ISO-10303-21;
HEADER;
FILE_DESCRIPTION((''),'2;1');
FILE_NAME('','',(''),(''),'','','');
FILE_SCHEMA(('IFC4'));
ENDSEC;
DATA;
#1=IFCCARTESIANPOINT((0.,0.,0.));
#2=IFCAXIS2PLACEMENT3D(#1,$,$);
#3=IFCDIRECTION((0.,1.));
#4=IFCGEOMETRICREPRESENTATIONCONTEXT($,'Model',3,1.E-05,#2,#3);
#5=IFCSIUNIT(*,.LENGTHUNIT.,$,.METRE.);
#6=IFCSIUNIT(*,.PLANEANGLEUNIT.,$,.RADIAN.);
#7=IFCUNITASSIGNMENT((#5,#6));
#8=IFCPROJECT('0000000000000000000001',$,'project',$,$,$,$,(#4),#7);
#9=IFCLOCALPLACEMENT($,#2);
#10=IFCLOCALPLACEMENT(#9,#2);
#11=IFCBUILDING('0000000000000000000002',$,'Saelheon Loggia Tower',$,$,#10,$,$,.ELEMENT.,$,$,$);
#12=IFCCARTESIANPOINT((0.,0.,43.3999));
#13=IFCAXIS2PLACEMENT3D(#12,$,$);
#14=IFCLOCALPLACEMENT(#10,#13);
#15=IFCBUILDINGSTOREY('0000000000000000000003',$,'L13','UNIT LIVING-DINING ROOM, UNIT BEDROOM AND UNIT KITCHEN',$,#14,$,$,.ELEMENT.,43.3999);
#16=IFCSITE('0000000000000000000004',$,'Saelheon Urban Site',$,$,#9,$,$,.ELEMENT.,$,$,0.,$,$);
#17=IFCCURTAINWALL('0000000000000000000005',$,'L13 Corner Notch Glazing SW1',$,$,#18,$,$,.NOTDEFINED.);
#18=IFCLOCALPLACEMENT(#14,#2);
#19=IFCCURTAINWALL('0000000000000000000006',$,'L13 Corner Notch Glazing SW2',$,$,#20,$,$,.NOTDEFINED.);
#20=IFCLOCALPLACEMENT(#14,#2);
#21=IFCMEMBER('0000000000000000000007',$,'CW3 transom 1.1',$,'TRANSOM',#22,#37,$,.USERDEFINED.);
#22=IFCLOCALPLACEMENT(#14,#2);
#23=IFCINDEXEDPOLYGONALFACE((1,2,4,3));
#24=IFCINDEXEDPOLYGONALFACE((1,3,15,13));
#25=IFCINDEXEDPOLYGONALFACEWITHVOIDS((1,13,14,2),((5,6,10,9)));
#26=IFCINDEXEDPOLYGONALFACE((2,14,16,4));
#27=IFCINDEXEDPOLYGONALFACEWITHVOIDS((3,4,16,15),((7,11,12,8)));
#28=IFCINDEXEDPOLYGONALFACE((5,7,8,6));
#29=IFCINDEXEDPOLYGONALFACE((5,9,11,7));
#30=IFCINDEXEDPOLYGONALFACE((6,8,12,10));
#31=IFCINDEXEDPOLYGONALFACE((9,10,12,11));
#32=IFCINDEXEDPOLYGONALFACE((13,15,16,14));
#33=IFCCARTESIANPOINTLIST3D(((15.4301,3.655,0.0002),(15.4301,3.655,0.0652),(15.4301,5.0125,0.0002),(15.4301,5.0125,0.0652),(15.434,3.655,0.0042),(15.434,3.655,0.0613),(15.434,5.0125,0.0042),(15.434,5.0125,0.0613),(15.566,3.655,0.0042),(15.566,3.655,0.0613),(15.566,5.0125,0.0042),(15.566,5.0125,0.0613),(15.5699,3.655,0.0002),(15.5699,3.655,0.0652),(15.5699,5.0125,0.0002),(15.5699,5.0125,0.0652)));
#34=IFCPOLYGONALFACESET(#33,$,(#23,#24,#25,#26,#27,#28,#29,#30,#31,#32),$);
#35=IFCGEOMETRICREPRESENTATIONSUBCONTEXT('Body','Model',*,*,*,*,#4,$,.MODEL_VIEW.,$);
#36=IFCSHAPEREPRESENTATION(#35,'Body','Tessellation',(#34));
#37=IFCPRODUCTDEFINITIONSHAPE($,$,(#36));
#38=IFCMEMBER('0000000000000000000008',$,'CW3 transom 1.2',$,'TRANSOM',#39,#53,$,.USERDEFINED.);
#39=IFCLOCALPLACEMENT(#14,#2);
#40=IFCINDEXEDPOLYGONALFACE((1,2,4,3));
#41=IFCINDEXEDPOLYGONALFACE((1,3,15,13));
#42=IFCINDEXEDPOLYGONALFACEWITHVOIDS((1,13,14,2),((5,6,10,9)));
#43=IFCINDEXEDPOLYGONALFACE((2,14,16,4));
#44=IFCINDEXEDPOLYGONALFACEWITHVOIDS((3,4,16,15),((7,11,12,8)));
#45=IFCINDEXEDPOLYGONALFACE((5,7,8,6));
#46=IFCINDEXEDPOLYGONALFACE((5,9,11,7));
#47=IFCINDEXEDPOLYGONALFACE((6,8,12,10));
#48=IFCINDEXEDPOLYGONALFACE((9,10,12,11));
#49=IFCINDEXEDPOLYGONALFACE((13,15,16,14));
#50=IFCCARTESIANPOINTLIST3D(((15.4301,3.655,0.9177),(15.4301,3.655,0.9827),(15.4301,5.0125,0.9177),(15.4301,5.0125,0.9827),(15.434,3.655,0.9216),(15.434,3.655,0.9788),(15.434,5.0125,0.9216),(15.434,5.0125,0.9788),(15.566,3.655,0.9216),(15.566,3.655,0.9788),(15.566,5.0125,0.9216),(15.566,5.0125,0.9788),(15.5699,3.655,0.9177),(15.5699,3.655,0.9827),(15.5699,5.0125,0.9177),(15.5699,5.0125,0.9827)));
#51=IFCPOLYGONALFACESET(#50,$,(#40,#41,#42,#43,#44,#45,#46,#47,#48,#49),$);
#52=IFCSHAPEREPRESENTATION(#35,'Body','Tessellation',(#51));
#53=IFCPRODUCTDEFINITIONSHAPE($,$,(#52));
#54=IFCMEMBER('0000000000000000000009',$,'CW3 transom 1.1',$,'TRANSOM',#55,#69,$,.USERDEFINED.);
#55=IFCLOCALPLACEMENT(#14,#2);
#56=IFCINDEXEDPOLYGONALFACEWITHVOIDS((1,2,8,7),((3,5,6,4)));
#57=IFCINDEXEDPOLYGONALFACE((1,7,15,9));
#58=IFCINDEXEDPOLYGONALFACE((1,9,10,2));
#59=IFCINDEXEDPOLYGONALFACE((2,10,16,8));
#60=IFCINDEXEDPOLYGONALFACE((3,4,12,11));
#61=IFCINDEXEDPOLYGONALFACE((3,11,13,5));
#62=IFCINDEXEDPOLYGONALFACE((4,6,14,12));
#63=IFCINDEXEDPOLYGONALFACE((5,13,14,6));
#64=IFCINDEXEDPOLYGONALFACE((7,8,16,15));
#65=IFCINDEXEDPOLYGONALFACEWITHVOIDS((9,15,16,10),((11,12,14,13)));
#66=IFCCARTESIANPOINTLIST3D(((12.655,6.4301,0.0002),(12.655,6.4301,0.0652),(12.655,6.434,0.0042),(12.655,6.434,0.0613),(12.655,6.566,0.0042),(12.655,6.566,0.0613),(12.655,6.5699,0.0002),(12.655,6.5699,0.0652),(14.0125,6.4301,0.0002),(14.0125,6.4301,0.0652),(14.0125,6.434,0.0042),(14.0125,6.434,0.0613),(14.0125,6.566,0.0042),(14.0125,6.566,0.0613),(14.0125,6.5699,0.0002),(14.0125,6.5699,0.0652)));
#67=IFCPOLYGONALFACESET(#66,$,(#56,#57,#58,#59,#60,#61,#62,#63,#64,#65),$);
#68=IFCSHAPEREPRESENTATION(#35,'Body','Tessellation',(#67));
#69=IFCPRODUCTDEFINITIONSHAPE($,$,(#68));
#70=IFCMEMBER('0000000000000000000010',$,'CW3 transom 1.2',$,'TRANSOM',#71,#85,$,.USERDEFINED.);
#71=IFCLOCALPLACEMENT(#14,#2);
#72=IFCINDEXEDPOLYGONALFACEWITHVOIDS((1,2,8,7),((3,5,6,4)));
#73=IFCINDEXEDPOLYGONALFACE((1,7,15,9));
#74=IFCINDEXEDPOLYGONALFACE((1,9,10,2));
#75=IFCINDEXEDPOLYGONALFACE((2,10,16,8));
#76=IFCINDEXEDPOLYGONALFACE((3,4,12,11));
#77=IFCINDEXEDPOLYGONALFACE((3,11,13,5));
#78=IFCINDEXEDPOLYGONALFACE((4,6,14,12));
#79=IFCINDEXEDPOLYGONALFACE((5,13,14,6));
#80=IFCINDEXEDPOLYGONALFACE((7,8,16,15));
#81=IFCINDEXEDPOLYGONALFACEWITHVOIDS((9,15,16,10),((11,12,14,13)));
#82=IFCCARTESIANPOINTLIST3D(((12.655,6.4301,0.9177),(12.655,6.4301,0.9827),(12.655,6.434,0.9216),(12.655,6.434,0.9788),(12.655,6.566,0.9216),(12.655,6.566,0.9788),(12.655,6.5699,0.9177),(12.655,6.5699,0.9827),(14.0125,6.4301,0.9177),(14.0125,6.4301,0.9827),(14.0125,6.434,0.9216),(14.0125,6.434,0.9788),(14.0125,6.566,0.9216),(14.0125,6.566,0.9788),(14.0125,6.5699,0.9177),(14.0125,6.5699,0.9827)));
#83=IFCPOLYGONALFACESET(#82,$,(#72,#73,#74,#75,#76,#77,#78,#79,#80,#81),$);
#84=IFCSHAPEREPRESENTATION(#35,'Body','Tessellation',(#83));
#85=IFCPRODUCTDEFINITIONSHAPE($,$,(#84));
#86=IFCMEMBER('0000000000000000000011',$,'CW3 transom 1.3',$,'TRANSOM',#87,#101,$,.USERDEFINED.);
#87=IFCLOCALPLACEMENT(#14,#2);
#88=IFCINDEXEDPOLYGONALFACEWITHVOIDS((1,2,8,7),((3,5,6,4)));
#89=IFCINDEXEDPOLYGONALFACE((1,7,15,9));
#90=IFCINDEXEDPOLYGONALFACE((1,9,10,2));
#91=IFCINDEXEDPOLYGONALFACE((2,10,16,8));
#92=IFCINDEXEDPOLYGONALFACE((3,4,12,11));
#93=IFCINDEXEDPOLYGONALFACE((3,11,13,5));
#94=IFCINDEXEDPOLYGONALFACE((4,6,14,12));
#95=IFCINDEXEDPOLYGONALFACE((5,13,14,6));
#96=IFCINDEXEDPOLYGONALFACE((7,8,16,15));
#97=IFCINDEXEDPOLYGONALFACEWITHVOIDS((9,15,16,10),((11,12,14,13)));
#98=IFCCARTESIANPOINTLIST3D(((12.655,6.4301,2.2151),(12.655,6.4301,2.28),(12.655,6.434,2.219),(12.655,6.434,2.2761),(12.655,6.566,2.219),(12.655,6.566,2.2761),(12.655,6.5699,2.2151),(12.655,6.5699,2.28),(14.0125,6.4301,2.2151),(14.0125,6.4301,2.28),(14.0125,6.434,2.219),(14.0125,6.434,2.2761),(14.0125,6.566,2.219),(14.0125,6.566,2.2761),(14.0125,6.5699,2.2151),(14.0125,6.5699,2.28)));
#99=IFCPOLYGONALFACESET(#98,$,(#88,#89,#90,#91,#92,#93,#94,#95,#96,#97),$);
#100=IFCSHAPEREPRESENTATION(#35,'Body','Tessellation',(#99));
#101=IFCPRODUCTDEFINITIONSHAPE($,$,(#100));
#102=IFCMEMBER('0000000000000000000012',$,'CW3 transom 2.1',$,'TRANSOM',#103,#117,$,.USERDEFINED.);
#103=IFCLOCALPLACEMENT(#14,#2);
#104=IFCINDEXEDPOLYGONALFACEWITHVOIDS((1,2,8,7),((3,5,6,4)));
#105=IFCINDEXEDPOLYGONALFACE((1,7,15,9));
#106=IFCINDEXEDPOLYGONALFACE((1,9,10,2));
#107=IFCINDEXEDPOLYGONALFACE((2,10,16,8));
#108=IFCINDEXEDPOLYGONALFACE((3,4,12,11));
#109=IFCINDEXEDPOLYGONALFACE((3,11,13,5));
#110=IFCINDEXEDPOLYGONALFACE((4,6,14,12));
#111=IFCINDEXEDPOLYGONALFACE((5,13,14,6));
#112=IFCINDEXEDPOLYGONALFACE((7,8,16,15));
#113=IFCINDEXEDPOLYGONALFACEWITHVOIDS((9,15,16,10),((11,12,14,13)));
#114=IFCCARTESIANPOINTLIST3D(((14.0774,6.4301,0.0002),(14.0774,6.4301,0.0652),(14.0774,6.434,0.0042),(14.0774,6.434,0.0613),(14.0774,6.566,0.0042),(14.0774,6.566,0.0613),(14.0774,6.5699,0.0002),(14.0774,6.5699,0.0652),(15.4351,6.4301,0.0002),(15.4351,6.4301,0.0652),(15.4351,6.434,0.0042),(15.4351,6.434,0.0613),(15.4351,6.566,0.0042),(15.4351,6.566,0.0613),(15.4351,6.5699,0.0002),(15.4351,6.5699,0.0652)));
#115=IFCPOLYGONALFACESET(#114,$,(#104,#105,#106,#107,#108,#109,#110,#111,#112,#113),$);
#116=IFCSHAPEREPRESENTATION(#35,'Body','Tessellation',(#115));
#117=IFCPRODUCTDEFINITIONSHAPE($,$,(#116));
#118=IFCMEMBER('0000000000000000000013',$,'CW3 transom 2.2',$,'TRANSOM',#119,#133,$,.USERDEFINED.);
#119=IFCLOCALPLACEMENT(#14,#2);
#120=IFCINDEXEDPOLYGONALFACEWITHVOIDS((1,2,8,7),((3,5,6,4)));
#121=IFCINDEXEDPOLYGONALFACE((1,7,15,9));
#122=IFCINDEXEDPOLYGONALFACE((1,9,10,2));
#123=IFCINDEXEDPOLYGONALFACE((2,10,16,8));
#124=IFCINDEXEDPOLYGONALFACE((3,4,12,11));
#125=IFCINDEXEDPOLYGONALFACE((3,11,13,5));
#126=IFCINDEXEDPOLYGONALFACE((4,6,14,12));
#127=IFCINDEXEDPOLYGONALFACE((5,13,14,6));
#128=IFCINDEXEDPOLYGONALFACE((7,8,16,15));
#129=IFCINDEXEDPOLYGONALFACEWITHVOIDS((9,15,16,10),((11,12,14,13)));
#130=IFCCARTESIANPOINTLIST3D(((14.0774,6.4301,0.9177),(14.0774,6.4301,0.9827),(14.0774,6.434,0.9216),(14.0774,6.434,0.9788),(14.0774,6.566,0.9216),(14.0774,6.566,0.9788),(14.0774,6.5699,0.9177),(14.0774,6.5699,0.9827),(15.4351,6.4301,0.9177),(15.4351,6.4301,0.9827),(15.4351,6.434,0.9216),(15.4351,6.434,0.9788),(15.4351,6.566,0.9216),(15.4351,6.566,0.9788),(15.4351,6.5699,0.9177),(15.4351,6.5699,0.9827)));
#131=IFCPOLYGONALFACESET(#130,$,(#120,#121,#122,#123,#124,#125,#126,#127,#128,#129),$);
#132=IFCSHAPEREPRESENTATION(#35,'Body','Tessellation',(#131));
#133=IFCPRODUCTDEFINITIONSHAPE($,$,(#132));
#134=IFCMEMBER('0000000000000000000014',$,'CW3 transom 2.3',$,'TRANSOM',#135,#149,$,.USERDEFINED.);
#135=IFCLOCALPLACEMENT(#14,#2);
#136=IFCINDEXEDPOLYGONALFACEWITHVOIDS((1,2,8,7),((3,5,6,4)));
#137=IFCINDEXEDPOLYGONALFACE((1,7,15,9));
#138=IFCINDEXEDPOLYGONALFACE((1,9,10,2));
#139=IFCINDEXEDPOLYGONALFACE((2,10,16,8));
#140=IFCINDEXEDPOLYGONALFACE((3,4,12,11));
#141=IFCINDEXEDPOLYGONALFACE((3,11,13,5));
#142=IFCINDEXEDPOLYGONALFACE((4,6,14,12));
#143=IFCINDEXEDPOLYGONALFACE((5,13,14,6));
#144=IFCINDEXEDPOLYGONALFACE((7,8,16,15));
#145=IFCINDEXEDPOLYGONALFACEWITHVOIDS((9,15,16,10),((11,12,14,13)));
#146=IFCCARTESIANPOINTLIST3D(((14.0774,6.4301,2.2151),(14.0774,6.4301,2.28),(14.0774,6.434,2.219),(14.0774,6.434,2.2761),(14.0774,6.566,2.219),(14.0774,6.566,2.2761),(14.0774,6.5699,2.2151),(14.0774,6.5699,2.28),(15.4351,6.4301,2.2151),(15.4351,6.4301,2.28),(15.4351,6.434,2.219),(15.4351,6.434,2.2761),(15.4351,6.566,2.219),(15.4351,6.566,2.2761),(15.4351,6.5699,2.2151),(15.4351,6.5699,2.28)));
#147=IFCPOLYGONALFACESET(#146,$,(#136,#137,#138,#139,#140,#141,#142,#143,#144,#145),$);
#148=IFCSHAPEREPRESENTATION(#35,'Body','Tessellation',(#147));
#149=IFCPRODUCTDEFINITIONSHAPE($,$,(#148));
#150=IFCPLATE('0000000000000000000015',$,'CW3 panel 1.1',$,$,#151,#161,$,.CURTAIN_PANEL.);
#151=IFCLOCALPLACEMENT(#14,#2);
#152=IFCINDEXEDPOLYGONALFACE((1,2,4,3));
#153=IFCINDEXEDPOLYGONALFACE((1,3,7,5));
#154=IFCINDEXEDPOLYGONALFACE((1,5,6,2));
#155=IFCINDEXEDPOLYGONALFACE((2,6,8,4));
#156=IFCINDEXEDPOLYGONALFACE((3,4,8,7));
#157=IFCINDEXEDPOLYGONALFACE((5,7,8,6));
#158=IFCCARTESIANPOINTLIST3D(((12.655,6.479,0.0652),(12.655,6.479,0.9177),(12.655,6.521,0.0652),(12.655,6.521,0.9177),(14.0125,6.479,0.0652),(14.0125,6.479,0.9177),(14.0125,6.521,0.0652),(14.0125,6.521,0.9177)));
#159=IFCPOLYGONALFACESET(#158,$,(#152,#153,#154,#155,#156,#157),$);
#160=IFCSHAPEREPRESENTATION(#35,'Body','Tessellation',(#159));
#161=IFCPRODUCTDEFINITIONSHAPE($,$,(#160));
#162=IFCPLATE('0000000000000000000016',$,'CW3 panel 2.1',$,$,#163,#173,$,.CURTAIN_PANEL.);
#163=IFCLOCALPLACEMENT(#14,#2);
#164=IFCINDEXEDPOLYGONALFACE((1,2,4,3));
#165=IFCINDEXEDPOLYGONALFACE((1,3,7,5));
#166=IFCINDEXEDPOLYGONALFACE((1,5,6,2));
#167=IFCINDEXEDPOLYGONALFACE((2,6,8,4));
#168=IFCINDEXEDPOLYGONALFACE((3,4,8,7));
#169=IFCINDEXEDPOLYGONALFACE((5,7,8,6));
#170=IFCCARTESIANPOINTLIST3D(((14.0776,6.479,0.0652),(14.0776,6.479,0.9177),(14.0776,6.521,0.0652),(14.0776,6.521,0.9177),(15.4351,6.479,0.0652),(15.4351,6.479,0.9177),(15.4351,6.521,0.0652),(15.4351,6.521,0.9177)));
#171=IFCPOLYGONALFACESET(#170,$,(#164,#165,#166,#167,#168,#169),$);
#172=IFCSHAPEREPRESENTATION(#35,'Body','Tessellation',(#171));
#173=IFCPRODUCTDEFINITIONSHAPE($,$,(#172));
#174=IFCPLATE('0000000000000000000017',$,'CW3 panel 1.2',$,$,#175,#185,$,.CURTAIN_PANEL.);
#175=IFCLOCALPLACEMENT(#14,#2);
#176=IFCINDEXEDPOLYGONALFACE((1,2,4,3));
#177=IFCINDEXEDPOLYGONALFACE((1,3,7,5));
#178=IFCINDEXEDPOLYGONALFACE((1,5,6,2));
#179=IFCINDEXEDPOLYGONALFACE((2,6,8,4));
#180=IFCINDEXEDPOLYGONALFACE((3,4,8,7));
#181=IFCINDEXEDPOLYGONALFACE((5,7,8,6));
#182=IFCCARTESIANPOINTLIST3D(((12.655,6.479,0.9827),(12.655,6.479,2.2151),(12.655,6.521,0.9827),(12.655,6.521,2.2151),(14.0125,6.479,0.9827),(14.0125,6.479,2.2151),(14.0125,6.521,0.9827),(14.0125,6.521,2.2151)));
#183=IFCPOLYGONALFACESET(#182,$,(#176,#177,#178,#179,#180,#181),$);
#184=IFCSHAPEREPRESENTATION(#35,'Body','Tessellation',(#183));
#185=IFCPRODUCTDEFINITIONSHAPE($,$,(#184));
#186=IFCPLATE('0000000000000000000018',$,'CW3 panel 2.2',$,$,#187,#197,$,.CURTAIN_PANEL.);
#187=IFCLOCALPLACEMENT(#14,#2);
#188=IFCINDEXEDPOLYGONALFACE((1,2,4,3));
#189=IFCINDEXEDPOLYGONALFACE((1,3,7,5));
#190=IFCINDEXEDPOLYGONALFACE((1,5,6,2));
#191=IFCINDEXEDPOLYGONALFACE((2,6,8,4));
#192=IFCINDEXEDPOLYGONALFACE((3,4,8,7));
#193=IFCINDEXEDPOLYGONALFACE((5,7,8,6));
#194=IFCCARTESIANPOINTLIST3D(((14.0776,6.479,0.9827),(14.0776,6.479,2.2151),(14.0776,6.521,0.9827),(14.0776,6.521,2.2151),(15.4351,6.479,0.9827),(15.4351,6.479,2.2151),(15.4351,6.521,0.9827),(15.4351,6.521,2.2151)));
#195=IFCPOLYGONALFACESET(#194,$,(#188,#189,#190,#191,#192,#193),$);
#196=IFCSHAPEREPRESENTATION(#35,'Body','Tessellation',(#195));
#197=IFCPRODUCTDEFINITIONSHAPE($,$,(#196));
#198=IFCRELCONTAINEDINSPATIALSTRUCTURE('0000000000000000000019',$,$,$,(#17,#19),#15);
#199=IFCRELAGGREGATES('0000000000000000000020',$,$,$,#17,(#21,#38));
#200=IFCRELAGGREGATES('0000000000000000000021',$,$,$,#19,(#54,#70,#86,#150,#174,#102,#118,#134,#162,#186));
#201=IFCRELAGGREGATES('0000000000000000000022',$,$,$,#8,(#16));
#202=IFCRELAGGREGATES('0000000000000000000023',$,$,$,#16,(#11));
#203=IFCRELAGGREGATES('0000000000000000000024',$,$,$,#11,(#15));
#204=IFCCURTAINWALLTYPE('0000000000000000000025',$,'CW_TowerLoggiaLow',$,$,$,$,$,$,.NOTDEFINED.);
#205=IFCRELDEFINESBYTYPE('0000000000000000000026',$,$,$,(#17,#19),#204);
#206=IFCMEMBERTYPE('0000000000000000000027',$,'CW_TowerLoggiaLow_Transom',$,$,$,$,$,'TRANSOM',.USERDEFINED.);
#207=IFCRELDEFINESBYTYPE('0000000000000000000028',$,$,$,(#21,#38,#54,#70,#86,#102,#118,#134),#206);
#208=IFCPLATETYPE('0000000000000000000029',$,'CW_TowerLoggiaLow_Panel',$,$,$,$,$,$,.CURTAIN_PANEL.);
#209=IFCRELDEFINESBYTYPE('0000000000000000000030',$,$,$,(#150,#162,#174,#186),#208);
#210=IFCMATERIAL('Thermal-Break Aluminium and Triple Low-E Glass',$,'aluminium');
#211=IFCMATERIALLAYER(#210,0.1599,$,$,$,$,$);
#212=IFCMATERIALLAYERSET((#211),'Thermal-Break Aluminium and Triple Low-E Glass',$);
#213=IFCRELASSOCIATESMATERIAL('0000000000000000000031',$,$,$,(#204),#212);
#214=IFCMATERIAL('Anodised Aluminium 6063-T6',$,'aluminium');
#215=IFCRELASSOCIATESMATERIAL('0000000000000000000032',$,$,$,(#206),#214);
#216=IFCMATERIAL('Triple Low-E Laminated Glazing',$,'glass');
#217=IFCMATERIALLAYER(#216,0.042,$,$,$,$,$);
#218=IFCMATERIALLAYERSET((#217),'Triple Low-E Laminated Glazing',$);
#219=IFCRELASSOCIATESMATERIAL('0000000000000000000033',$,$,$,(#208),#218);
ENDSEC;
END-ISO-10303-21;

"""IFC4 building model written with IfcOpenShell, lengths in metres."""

from ifc_helpers import new_model, si_unit, direction, frame, origin, origin_2d, place, context, subcontext, project, spatial, rectangle, hollow_rectangle, extrude, source, transform, mapped, material, layer, layer_set, material_profile, profile_set, type_object, element, aggregate, save


model = new_model("IFC4")

# Units and contexts
model_context = context("Model", 3, precision=1e-05, world=origin(), true_north=direction((0.0, 1.0)))
body_context = subcontext(model_context, "Body", "Model", "MODEL_VIEW")
ifc_project = project(units=[si_unit("LENGTHUNIT", "METRE"), si_unit("PLANEANGLEUNIT", "RADIAN")], contexts=[model_context])

# Site, building, storey
site_placement = place(None, origin())
site = spatial("IfcSite", under=ifc_project, at=site_placement, Name="Saelheon Urban Site", CompositionType="ELEMENT", RefElevation=0.0)
building_placement = place(site_placement, origin())
building = spatial("IfcBuilding", under=site, at=building_placement, Name="Saelheon Loggia Tower", CompositionType="ELEMENT")
storey_placement = place(building_placement, frame((0.0, 0.0, 43.3999)))
storey = spatial("IfcBuildingStorey", under=building, at=storey_placement, Name="L13", Description="UNIT LIVING-DINING ROOM, UNIT BEDROOM AND UNIT KITCHEN", CompositionType="ELEMENT", Elevation=43.3999)

# Curtain wall
ifc_material_1 = material(Name="Thermal-Break Aluminium and Triple Low-E Glass", Category="aluminium")
ifc_layer_1 = layer(ifc_material_1, 0.1599)
ifc_layer_set_1 = layer_set([ifc_layer_1], Name="Thermal-Break Aluminium and Triple Low-E Glass")
curtain_wall_type = type_object("IfcCurtainWallType", Name="CW_TowerLoggiaLow", PredefinedType="NOTDEFINED", material=ifc_layer_set_1)
curtain_wall_1_placement = place(storey_placement, origin())
curtain_wall_1 = element("IfcCurtainWall", 1, at=curtain_wall_1_placement, inside=storey, type_object=curtain_wall_type, Name="L13 Corner Notch Glazing SW1", PredefinedType="NOTDEFINED")
ifc_material_2 = material(Name="Anodised Aluminium 6063-T6", Category="aluminium")

# Curtain wall
curtain_wall_2_placement = place(storey_placement, origin())
curtain_wall_2 = element("IfcCurtainWall", 2, at=curtain_wall_2_placement, inside=storey, type_object=curtain_wall_type, Name="L13 Corner Notch Glazing SW2", PredefinedType="NOTDEFINED")

# Members
ifc_material_profile_1 = material_profile(ifc_material_2, hollow_rectangle(XDim=0.0649, YDim=0.1399, WallThickness=0.0039, at=origin_2d()), Name="RHS-140x65x4")
ifc_profile_set_1 = profile_set([ifc_material_profile_1], Name="Anodised Aluminium 6063-T6")
member_type_1 = type_object("IfcMemberType", Name="CW_TowerLoggiaLow_Transom", ElementType="TRANSOM", PredefinedType="USERDEFINED", material=ifc_profile_set_1)
shared_shape_1 = source(origin(), body_context, "Body", "SweptSolid", [
    extrude(hollow_rectangle(XDim=0.0649, YDim=0.1399, WallThickness=0.0039, at=origin_2d()), origin(), (0.0, 0.0, 1.0), 1.3574),
])
member_1_placement = place(storey_placement, frame((15.5, 3.655, 0.0327), z_axis=(0.0, 1.0, 0.0), x_axis=(0.0, 0.0, 1.0)))
member_1 = element("IfcMember", 3, at=member_1_placement, type_object=member_type_1, Name="CW3 transom 1.1", ObjectType="TRANSOM", PredefinedType="USERDEFINED", context=body_context, shape_type="MappedRepresentation", body=[
    mapped(shared_shape_1, transform((0.0, 0.0, 0.0), scale=1.0)),
])
member_2_placement = place(storey_placement, frame((15.5, 3.655, 0.9502), z_axis=(0.0, 1.0, 0.0), x_axis=(0.0, 0.0, 1.0)))
member_2 = element("IfcMember", 4, at=member_2_placement, type_object=member_type_1, Name="CW3 transom 1.2", ObjectType="TRANSOM", PredefinedType="USERDEFINED", context=body_context, shape_type="MappedRepresentation", body=[
    mapped(shared_shape_1, transform((0.0, 0.0, 0.0), scale=1.0)),
])
aggregate(curtain_wall_1, [member_1, member_2])
member_3_placement = place(storey_placement, frame((12.655, 6.5, 0.0327), z_axis=(1.0, 0.0, 0.0), x_axis=(0.0, 0.0, 1.0)))
member_3 = element("IfcMember", 5, at=member_3_placement, type_object=member_type_1, Name="CW3 transom 1.1", ObjectType="TRANSOM", PredefinedType="USERDEFINED", context=body_context, shape_type="MappedRepresentation", body=[
    mapped(shared_shape_1, transform((0.0, 0.0, 0.0), scale=1.0)),
])
member_4_placement = place(storey_placement, frame((12.655, 6.5, 0.9502), z_axis=(1.0, 0.0, 0.0), x_axis=(0.0, 0.0, 1.0)))
member_4 = element("IfcMember", 6, at=member_4_placement, type_object=member_type_1, Name="CW3 transom 1.2", ObjectType="TRANSOM", PredefinedType="USERDEFINED", context=body_context, shape_type="MappedRepresentation", body=[
    mapped(shared_shape_1, transform((0.0, 0.0, 0.0), scale=1.0)),
])
member_5_placement = place(storey_placement, frame((12.655, 6.5, 2.2476), z_axis=(1.0, 0.0, 0.0), x_axis=(0.0, 0.0, 1.0)))
member_5 = element("IfcMember", 7, at=member_5_placement, type_object=member_type_1, Name="CW3 transom 1.3", ObjectType="TRANSOM", PredefinedType="USERDEFINED", context=body_context, shape_type="MappedRepresentation", body=[
    mapped(shared_shape_1, transform((0.0, 0.0, 0.0), scale=1.0)),
])
shared_shape_2 = source(origin(), body_context, "Body", "SweptSolid", [
    extrude(hollow_rectangle(XDim=0.0649, YDim=0.1399, WallThickness=0.0039, at=origin_2d()), origin(), (0.0, 0.0, 1.0), 1.3577),
])
member_6_placement = place(storey_placement, frame((14.0774, 6.5, 0.0327), z_axis=(1.0, 0.0, 0.0), x_axis=(0.0, 0.0, 1.0)))
member_6 = element("IfcMember", 8, at=member_6_placement, type_object=member_type_1, Name="CW3 transom 2.1", ObjectType="TRANSOM", PredefinedType="USERDEFINED", context=body_context, shape_type="MappedRepresentation", body=[
    mapped(shared_shape_2, transform((0.0, 0.0, 0.0), scale=1.0)),
])
member_7_placement = place(storey_placement, frame((14.0774, 6.5, 0.9502), z_axis=(1.0, 0.0, 0.0), x_axis=(0.0, 0.0, 1.0)))
member_7 = element("IfcMember", 9, at=member_7_placement, type_object=member_type_1, Name="CW3 transom 2.2", ObjectType="TRANSOM", PredefinedType="USERDEFINED", context=body_context, shape_type="MappedRepresentation", body=[
    mapped(shared_shape_2, transform((0.0, 0.0, 0.0), scale=1.0)),
])
member_8_placement = place(storey_placement, frame((14.0774, 6.5, 2.2476), z_axis=(1.0, 0.0, 0.0), x_axis=(0.0, 0.0, 1.0)))
member_8 = element("IfcMember", 10, at=member_8_placement, type_object=member_type_1, Name="CW3 transom 2.3", ObjectType="TRANSOM", PredefinedType="USERDEFINED", context=body_context, shape_type="MappedRepresentation", body=[
    mapped(shared_shape_2, transform((0.0, 0.0, 0.0), scale=1.0)),
])

# Plates
ifc_material_3 = material(Name="Triple Low-E Laminated Glazing", Category="glass")
ifc_layer_2 = layer(ifc_material_3, 0.042)
ifc_layer_set_2 = layer_set([ifc_layer_2], Name="Triple Low-E Laminated Glazing")
plate_type = type_object("IfcPlateType", Name="CW_TowerLoggiaLow_Panel", PredefinedType="CURTAIN_PANEL", material=ifc_layer_set_2)
shared_shape_3 = source(origin(), body_context, "Body", "SweptSolid", [
    extrude(rectangle(XDim=1.3574, YDim=0.042, at=origin_2d()), origin(), (0.0, 0.0, 1.0), 0.8525),
])
plate_1_placement = place(storey_placement, frame((13.3337, 6.5, 0.0652), z_axis=(0.0, 0.0, 1.0), x_axis=(1.0, 0.0, 0.0)))
plate_1 = element("IfcPlate", 11, at=plate_1_placement, type_object=plate_type, Name="CW3 panel 1.1", PredefinedType="CURTAIN_PANEL", context=body_context, shape_type="MappedRepresentation", body=[
    mapped(shared_shape_3, transform((0.0, 0.0, 0.0), scale=1.0)),
])
plate_2_placement = place(storey_placement, frame((14.7563, 6.5, 0.0652), z_axis=(0.0, 0.0, 1.0), x_axis=(1.0, 0.0, 0.0)))
plate_2 = element("IfcPlate", 12, at=plate_2_placement, type_object=plate_type, Name="CW3 panel 2.1", PredefinedType="CURTAIN_PANEL", context=body_context, shape_type="MappedRepresentation", body=[
    mapped(shared_shape_3, transform((0.0, 0.0, 0.0), scale=1.0)),
])
shared_shape_4 = source(origin(), body_context, "Body", "SweptSolid", [
    extrude(rectangle(XDim=1.3574, YDim=0.042, at=origin_2d()), origin(), (0.0, 0.0, 1.0), 1.2324),
])
plate_3_placement = place(storey_placement, frame((13.3337, 6.5, 0.9827), z_axis=(0.0, 0.0, 1.0), x_axis=(1.0, 0.0, 0.0)))
plate_3 = element("IfcPlate", 13, at=plate_3_placement, type_object=plate_type, Name="CW3 panel 1.2", PredefinedType="CURTAIN_PANEL", context=body_context, shape_type="MappedRepresentation", body=[
    mapped(shared_shape_4, transform((0.0, 0.0, 0.0), scale=1.0)),
])
plate_4_placement = place(storey_placement, frame((14.7563, 6.5, 0.9827), z_axis=(0.0, 0.0, 1.0), x_axis=(1.0, 0.0, 0.0)))
plate_4 = element("IfcPlate", 14, at=plate_4_placement, type_object=plate_type, Name="CW3 panel 2.2", PredefinedType="CURTAIN_PANEL", context=body_context, shape_type="MappedRepresentation", body=[
    mapped(shared_shape_4, transform((0.0, 0.0, 0.0), scale=1.0)),
])
aggregate(curtain_wall_2, [member_3, member_4, member_5, plate_1, plate_3, member_6, member_7, member_8, plate_2, plate_4])

save(model, "model.ifc")
